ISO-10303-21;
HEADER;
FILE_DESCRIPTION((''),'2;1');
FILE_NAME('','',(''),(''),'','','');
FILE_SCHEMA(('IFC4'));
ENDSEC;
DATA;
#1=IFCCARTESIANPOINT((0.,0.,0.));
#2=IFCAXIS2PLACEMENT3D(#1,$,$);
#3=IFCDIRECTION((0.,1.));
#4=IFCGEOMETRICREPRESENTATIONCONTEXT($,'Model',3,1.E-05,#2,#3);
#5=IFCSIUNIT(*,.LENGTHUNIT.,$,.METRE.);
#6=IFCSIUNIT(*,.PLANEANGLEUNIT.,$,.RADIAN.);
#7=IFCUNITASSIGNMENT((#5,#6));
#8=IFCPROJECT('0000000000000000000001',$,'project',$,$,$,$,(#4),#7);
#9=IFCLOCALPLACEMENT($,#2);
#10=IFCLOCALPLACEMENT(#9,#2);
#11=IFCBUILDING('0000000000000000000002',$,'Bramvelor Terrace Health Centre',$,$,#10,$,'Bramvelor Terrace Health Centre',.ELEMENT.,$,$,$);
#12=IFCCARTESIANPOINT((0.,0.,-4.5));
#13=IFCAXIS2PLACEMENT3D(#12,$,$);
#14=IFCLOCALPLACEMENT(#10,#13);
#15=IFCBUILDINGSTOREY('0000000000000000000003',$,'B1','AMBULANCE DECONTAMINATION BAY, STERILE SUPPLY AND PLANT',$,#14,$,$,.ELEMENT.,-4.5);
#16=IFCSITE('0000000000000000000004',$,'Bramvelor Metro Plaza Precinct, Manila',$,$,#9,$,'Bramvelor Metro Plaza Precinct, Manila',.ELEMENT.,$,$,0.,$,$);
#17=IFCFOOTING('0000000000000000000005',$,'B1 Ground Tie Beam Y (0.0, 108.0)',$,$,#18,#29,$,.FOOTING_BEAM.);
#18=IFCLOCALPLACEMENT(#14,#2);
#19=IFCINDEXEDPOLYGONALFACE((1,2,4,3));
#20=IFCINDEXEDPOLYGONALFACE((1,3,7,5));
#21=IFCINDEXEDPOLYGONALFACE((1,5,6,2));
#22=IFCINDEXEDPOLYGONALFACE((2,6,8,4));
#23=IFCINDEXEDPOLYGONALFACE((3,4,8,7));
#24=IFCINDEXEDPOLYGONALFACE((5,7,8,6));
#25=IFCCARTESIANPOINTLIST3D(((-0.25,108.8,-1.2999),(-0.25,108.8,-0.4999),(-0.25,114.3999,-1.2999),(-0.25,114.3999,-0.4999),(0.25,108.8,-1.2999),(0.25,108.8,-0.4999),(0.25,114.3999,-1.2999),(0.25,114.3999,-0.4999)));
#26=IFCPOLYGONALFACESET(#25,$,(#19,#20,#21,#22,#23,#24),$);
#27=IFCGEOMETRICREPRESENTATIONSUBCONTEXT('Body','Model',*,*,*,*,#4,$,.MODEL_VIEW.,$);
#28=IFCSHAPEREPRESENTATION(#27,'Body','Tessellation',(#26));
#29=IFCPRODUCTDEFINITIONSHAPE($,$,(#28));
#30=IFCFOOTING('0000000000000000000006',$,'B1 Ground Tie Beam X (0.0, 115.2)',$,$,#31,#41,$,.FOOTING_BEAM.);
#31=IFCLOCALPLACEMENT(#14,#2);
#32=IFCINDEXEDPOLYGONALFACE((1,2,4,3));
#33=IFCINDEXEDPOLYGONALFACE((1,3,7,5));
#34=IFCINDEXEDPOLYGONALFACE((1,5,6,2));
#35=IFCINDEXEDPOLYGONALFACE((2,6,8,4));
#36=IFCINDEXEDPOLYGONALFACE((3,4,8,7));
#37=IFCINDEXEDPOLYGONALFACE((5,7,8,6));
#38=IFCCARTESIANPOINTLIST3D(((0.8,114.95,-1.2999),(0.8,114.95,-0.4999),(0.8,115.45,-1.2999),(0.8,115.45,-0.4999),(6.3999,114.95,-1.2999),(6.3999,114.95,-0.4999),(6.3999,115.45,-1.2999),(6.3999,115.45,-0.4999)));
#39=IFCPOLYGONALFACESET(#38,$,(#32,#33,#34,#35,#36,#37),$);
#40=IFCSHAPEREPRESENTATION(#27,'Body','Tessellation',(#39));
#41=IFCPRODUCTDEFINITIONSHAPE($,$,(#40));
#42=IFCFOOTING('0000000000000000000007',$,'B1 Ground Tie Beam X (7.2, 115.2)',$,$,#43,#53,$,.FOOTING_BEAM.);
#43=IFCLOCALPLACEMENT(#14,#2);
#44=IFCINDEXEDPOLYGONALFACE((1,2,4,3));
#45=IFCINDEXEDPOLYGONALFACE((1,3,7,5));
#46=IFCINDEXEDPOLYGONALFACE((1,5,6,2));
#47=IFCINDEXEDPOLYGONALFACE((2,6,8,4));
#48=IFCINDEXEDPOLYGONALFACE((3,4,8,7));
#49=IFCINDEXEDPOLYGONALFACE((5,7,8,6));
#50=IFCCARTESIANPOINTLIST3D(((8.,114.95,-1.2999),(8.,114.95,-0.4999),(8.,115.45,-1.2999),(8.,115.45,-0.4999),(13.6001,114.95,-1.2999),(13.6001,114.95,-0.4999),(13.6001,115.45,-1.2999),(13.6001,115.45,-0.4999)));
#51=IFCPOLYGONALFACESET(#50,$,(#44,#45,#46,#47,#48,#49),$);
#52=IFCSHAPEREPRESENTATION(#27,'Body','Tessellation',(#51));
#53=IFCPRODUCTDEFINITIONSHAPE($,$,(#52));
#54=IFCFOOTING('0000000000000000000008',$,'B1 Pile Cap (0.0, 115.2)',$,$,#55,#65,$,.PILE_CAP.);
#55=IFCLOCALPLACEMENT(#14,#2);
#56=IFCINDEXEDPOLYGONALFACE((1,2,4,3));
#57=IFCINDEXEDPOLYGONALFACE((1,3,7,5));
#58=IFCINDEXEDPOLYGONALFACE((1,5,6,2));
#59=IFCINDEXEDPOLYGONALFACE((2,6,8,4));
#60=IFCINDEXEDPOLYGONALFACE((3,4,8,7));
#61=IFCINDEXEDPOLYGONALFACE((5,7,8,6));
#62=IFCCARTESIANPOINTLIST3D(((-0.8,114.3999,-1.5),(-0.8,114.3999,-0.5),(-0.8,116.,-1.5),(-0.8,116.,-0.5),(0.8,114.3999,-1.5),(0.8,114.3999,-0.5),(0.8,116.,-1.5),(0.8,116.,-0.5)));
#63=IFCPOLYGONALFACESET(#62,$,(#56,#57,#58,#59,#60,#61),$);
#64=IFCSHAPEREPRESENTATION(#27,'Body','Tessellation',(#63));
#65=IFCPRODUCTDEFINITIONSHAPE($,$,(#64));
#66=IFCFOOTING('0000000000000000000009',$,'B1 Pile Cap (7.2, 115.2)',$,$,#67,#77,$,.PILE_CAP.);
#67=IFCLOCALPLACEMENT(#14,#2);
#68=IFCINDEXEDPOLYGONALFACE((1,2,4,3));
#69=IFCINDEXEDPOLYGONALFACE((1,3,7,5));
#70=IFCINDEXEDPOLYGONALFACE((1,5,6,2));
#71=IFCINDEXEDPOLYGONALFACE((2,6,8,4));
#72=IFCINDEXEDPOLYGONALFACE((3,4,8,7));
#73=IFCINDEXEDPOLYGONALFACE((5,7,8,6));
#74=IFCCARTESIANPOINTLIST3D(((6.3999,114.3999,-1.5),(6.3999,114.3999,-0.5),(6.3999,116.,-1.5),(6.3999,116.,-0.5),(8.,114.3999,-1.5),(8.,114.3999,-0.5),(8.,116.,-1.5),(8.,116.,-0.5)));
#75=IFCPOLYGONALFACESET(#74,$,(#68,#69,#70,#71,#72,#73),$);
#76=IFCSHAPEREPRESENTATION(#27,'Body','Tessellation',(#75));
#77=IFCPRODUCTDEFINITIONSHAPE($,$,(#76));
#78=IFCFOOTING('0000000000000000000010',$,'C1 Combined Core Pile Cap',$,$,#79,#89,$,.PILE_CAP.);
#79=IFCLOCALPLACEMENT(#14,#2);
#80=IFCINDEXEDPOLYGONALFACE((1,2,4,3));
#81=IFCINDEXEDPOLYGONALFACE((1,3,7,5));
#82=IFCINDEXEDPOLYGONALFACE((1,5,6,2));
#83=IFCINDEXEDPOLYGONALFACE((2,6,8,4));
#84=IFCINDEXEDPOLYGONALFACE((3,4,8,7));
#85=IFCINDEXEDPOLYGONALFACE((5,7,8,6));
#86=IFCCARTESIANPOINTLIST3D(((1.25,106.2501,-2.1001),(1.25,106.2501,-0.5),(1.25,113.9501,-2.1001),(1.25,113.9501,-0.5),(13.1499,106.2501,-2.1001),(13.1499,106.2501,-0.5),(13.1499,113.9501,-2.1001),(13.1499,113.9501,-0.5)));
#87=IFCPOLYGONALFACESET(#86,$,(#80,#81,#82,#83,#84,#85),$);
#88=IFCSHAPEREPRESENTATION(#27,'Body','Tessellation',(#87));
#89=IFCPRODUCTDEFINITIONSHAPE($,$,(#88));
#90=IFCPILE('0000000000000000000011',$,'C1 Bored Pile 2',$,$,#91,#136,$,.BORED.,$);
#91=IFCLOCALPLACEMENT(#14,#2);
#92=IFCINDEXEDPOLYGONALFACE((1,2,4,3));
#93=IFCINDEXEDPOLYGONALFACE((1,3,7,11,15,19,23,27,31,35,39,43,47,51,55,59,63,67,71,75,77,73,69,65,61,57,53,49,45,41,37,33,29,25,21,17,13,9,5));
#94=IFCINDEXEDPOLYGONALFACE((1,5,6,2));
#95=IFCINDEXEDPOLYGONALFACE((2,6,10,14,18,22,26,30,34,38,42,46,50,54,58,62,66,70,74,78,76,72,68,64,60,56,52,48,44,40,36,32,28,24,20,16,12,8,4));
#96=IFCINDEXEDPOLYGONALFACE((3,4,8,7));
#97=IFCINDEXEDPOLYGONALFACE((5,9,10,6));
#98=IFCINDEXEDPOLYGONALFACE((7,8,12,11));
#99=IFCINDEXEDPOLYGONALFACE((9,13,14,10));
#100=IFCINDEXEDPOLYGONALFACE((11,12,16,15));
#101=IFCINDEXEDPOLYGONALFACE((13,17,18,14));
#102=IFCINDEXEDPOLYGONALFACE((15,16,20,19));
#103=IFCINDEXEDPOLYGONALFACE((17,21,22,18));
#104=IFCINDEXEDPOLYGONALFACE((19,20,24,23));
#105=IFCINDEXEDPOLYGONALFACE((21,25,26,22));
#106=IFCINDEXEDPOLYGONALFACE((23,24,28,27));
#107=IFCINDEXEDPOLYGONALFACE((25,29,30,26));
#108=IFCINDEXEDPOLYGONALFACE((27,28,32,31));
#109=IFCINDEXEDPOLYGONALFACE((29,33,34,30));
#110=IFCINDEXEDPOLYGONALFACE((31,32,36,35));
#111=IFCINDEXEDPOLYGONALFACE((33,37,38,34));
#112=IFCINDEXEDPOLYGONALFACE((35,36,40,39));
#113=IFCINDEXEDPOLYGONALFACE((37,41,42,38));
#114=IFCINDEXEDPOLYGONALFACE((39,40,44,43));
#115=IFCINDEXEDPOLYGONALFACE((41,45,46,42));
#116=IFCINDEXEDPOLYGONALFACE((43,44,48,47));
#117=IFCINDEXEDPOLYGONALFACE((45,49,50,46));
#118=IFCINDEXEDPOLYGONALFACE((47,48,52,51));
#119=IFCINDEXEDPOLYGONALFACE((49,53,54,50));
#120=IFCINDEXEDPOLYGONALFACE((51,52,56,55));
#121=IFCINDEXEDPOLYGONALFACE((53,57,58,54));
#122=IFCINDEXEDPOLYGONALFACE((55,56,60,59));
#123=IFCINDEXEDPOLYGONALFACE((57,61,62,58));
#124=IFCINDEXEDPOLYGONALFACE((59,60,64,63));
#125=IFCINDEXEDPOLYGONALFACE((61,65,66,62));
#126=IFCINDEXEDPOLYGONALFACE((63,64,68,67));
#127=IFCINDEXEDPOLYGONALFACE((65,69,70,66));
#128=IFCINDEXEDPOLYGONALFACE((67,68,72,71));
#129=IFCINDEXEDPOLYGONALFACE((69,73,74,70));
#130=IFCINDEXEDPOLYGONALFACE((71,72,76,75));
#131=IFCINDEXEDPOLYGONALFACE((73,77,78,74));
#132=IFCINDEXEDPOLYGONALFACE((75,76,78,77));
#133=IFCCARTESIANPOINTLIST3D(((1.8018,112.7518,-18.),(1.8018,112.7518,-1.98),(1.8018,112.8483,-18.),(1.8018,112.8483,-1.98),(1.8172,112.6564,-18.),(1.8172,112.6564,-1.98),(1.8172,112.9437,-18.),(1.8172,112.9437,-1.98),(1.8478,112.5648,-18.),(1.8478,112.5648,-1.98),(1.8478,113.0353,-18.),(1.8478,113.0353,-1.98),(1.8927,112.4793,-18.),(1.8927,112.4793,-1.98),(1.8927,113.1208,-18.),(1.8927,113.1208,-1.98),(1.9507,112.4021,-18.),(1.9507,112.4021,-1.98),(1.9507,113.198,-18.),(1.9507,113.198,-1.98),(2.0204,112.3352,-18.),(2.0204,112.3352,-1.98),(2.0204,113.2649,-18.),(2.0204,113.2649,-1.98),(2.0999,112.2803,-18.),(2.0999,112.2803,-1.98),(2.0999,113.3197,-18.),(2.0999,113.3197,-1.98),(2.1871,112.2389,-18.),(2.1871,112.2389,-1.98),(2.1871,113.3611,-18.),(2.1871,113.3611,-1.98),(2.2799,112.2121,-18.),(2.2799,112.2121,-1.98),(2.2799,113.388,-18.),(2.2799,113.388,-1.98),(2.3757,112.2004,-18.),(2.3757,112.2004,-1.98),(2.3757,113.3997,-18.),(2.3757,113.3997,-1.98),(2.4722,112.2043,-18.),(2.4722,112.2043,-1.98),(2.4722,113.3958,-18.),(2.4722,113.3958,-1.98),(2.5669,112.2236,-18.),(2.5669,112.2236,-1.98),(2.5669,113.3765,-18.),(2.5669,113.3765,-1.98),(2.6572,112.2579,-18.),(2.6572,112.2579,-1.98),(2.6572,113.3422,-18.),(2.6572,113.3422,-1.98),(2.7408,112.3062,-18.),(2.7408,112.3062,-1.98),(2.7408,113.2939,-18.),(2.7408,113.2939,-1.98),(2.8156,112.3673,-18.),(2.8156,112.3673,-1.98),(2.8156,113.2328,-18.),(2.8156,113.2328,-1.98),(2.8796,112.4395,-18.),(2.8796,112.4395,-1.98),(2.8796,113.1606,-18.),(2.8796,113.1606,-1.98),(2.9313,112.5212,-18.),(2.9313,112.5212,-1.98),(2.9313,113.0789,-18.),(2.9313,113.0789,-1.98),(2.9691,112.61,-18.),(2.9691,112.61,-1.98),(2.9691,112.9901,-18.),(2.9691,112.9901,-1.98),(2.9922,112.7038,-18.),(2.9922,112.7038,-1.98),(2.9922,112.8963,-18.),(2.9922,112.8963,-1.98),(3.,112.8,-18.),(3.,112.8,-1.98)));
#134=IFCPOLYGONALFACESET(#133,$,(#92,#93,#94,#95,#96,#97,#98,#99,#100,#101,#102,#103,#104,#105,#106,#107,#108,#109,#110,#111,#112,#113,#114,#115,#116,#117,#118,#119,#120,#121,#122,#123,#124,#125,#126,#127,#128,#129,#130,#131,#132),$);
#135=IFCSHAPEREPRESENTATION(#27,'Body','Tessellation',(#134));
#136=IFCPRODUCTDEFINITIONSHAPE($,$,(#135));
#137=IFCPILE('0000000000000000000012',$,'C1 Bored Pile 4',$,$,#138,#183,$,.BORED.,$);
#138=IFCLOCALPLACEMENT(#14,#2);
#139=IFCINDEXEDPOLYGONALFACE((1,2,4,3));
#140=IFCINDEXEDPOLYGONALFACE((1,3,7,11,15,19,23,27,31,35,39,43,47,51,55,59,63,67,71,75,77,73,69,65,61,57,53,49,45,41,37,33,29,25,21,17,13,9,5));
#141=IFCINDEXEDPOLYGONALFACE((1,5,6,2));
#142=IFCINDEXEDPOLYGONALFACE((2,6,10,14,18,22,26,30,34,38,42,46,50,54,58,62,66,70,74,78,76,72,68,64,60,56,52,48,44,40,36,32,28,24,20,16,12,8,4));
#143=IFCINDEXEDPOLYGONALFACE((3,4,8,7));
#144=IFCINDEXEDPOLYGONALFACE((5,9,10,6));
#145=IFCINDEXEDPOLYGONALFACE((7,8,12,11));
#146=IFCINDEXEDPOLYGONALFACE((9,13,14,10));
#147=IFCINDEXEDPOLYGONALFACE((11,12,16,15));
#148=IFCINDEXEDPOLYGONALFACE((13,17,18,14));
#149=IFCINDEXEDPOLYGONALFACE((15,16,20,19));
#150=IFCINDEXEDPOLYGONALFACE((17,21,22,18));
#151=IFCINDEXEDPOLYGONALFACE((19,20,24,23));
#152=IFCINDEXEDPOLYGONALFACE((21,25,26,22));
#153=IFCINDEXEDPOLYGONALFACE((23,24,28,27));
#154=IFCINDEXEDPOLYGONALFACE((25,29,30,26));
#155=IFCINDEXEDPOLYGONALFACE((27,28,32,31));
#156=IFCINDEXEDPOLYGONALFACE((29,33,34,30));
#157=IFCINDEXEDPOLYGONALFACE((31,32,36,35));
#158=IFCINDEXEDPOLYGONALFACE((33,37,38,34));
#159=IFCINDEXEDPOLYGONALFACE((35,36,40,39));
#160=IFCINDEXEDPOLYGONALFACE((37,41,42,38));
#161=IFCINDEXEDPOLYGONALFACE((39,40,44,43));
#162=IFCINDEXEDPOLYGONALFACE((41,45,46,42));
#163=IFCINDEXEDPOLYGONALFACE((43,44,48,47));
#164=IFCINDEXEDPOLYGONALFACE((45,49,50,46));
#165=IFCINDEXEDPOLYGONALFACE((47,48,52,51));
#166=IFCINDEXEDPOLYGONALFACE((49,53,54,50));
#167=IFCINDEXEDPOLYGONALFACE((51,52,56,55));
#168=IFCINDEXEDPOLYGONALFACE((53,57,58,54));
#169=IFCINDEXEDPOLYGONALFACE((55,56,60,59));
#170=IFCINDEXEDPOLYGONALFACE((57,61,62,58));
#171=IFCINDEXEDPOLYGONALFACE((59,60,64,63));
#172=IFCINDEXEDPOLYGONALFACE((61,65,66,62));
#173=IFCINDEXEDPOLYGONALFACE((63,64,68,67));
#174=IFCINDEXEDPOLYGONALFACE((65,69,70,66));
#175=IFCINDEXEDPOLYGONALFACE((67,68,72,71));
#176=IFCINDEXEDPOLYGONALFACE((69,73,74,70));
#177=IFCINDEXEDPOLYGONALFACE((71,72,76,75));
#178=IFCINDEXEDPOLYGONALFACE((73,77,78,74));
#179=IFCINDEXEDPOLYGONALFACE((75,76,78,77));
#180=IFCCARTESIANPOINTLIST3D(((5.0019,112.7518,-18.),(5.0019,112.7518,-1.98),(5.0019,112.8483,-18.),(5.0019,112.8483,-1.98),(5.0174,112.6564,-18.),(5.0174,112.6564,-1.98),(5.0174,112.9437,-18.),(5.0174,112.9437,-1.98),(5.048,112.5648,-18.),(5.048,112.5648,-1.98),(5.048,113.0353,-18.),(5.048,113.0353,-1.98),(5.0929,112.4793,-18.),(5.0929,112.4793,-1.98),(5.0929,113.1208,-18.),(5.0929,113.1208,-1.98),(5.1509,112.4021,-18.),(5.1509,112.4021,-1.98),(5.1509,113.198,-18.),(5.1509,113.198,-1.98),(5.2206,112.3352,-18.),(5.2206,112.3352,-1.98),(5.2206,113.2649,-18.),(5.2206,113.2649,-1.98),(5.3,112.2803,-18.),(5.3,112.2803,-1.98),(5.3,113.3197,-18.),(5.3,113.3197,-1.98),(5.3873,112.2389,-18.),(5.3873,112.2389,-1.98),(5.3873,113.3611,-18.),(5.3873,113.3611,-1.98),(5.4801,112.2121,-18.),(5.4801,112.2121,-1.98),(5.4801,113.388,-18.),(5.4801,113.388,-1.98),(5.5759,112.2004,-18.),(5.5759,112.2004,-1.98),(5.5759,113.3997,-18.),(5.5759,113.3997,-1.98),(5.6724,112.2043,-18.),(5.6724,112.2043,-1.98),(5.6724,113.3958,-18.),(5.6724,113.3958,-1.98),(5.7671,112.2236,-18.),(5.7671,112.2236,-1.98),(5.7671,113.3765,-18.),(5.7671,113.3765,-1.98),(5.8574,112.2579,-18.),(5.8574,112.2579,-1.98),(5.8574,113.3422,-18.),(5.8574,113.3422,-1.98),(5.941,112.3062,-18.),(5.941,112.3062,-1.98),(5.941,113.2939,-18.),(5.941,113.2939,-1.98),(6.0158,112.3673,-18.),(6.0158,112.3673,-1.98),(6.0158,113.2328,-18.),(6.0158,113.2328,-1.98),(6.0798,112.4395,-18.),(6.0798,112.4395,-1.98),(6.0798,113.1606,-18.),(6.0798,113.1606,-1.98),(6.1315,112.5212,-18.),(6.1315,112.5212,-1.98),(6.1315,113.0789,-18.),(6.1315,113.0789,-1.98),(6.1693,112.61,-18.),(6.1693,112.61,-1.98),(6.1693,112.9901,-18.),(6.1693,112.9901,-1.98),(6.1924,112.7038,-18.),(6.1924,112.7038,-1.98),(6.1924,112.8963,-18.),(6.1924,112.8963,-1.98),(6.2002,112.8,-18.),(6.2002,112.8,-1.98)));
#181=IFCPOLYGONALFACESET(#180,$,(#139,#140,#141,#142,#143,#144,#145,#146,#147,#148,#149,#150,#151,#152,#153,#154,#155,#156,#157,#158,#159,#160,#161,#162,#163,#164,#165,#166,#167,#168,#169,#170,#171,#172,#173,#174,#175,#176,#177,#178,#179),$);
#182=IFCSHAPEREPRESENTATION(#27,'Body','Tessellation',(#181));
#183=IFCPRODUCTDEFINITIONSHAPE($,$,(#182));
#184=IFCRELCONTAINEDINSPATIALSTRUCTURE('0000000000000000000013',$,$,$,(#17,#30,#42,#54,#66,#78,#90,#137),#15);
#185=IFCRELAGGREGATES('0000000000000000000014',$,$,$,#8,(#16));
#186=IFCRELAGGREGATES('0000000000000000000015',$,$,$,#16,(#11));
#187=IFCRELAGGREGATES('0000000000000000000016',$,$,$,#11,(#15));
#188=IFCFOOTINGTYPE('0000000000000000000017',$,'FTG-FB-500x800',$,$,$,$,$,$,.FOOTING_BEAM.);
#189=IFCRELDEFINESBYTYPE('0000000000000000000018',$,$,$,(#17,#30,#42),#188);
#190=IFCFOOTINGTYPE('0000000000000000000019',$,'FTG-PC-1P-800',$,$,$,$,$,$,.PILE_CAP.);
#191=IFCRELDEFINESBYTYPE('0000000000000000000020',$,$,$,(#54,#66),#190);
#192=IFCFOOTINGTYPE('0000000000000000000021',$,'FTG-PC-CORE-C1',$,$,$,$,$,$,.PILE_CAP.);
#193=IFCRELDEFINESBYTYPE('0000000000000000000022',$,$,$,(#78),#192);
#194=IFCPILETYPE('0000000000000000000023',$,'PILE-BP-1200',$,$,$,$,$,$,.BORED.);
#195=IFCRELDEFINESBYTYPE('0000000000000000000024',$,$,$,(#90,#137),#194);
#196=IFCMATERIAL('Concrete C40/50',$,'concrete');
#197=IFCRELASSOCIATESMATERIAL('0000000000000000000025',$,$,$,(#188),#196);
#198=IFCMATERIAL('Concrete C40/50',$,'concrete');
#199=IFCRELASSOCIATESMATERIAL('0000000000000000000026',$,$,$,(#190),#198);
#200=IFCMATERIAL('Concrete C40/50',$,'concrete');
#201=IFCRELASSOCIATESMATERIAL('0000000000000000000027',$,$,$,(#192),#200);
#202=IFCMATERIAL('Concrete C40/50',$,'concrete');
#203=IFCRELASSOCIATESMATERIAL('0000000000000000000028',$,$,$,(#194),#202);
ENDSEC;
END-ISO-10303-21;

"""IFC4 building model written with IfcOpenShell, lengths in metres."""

from ifc_helpers import new_model, si_unit, direction, frame, origin, origin_2d, place, context, subcontext, project, spatial, rectangle, circle, extrude, material, material_profile, profile_set, type_object, element, save


model = new_model("IFC4")

# Units and contexts
model_context = context("Model", 3, precision=1e-05, world=origin(), true_north=direction((0.0, 1.0)))
body_context = subcontext(model_context, "Body", "Model", "MODEL_VIEW")
ifc_project = project(units=[si_unit("LENGTHUNIT", "METRE"), si_unit("PLANEANGLEUNIT", "RADIAN")], contexts=[model_context])

# Site, building, storey
site_placement = place(None, origin())
site = spatial("IfcSite", under=ifc_project, at=site_placement, Name="Bramvelor Metro Plaza Precinct, Manila", LongName="Bramvelor Metro Plaza Precinct, Manila", CompositionType="ELEMENT", RefElevation=0.0)
building_placement = place(site_placement, origin())
building = spatial("IfcBuilding", under=site, at=building_placement, Name="Bramvelor Terrace Health Centre", LongName="Bramvelor Terrace Health Centre", CompositionType="ELEMENT")
storey_placement = place(building_placement, frame((0.0, 0.0, -4.5)))
storey = spatial("IfcBuildingStorey", under=building, at=storey_placement, Name="B1", Description="AMBULANCE DECONTAMINATION BAY, STERILE SUPPLY AND PLANT", CompositionType="ELEMENT", Elevation=-4.5)

# Footings
ifc_material_1 = material(Name="Concrete C40/50", Category="concrete")
ifc_material_profile_1 = material_profile(ifc_material_1, rectangle(XDim=0.5, YDim=0.8, at=origin_2d()), Name="RC 500x800")
ifc_profile_set_1 = profile_set([ifc_material_profile_1], Name="Concrete C40/50")
footing_type_1 = type_object("IfcFootingType", Name="FTG-FB-500x800", PredefinedType="FOOTING_BEAM", material=ifc_profile_set_1)
for number, where, z_axis, x_axis, name in (
    (1, (0.0, 108.8, -0.8999), (0.0, 1.0, 0.0), (-1.0, 0.0, 0.0), "B1 Ground Tie Beam Y (0.0, 108.0)"),
    (2, (0.8, 115.2, -0.8999), (1.0, 0.0, 0.0), (0.0, 1.0, 0.0), "B1 Ground Tie Beam X (0.0, 115.2)"),
):
    element("IfcFooting", number, at=place(storey_placement, frame(where, z_axis=z_axis, x_axis=x_axis)), inside=storey, type_object=footing_type_1, Name=name, PredefinedType="FOOTING_BEAM", context=body_context, shape_type="SweptSolid", body=[
        extrude(rectangle(XDim=0.5, YDim=0.8, at=origin_2d()), origin(), (0.0, 0.0, 1.0), 5.5999),
    ])
footing_1_placement = place(storey_placement, frame((8.0, 115.2, -0.8999), z_axis=(1.0, 0.0, 0.0), x_axis=(0.0, 1.0, 0.0)))
element("IfcFooting", 3, at=footing_1_placement, inside=storey, type_object=footing_type_1, Name="B1 Ground Tie Beam X (7.2, 115.2)", PredefinedType="FOOTING_BEAM", context=body_context, shape_type="SweptSolid", body=[
    extrude(rectangle(XDim=0.5, YDim=0.8, at=origin_2d()), origin(), (0.0, 0.0, 1.0), 5.6001),
])
ifc_material_2 = material(Name="Concrete C40/50", Category="concrete")
footing_type_2 = type_object("IfcFootingType", Name="FTG-PC-1P-800", PredefinedType="PILE_CAP", material=ifc_material_2)
for number, where, z_axis, x_axis, name in (
    (4, (0.0, 115.2, -1.5), (0.0, 0.0, 1.0), (1.0, 0.0, 0.0), "B1 Pile Cap (0.0, 115.2)"),
    (5, (7.2, 115.2, -1.5), (0.0, 0.0, 1.0), (1.0, 0.0, 0.0), "B1 Pile Cap (7.2, 115.2)"),
):
    element("IfcFooting", number, at=place(storey_placement, frame(where, z_axis=z_axis, x_axis=x_axis)), inside=storey, type_object=footing_type_2, Name=name, PredefinedType="PILE_CAP", context=body_context, shape_type="SweptSolid", body=[
        extrude(rectangle(XDim=1.6001, YDim=1.6001, at=origin_2d()), origin(), (0.0, 0.0, 1.0), 1.0),
    ])
ifc_material_3 = material(Name="Concrete C40/50", Category="concrete")
footing_type_3 = type_object("IfcFootingType", Name="FTG-PC-CORE-C1", PredefinedType="PILE_CAP", material=ifc_material_3)
footing_2_placement = place(storey_placement, frame((7.2, 110.1001, -2.1001), z_axis=(0.0, 0.0, 1.0), x_axis=(1.0, 0.0, 0.0)))
element("IfcFooting", 6, at=footing_2_placement, inside=storey, type_object=footing_type_3, Name="C1 Combined Core Pile Cap", PredefinedType="PILE_CAP", context=body_context, shape_type="SweptSolid", body=[
    extrude(rectangle(XDim=11.8999, YDim=7.7, at=origin_2d()), origin(), (0.0, 0.0, 1.0), 1.6001),
])

# Piles
ifc_material_4 = material(Name="Concrete C40/50", Category="concrete")
ifc_material_profile_2 = material_profile(ifc_material_4, circle(Radius=0.6001, at=origin_2d()), Name="BP D1200")
ifc_profile_set_2 = profile_set([ifc_material_profile_2], Name="Concrete C40/50")
pile_type_1 = type_object("IfcPileType", Name="PILE-BP-1200", PredefinedType="BORED", material=ifc_profile_set_2)
for number, where, z_axis, x_axis, name in (
    (7, (2.3999, 112.8, -1.98), (0.0, 0.0, -1.0), (1.0, 0.0, 0.0), "C1 Bored Pile 2"),
    (8, (5.6001, 112.8, -1.98), (0.0, 0.0, -1.0), (1.0, 0.0, 0.0), "C1 Bored Pile 4"),
):
    element("IfcPile", number, at=place(storey_placement, frame(where, z_axis=z_axis, x_axis=x_axis)), inside=storey, type_object=pile_type_1, Name=name, PredefinedType="BORED", context=body_context, shape_type="SweptSolid", body=[
        extrude(circle(Radius=0.6001, at=origin_2d()), origin(), (0.0, 0.0, 1.0), 16.02),
    ])

save(model, "model.ifc")
